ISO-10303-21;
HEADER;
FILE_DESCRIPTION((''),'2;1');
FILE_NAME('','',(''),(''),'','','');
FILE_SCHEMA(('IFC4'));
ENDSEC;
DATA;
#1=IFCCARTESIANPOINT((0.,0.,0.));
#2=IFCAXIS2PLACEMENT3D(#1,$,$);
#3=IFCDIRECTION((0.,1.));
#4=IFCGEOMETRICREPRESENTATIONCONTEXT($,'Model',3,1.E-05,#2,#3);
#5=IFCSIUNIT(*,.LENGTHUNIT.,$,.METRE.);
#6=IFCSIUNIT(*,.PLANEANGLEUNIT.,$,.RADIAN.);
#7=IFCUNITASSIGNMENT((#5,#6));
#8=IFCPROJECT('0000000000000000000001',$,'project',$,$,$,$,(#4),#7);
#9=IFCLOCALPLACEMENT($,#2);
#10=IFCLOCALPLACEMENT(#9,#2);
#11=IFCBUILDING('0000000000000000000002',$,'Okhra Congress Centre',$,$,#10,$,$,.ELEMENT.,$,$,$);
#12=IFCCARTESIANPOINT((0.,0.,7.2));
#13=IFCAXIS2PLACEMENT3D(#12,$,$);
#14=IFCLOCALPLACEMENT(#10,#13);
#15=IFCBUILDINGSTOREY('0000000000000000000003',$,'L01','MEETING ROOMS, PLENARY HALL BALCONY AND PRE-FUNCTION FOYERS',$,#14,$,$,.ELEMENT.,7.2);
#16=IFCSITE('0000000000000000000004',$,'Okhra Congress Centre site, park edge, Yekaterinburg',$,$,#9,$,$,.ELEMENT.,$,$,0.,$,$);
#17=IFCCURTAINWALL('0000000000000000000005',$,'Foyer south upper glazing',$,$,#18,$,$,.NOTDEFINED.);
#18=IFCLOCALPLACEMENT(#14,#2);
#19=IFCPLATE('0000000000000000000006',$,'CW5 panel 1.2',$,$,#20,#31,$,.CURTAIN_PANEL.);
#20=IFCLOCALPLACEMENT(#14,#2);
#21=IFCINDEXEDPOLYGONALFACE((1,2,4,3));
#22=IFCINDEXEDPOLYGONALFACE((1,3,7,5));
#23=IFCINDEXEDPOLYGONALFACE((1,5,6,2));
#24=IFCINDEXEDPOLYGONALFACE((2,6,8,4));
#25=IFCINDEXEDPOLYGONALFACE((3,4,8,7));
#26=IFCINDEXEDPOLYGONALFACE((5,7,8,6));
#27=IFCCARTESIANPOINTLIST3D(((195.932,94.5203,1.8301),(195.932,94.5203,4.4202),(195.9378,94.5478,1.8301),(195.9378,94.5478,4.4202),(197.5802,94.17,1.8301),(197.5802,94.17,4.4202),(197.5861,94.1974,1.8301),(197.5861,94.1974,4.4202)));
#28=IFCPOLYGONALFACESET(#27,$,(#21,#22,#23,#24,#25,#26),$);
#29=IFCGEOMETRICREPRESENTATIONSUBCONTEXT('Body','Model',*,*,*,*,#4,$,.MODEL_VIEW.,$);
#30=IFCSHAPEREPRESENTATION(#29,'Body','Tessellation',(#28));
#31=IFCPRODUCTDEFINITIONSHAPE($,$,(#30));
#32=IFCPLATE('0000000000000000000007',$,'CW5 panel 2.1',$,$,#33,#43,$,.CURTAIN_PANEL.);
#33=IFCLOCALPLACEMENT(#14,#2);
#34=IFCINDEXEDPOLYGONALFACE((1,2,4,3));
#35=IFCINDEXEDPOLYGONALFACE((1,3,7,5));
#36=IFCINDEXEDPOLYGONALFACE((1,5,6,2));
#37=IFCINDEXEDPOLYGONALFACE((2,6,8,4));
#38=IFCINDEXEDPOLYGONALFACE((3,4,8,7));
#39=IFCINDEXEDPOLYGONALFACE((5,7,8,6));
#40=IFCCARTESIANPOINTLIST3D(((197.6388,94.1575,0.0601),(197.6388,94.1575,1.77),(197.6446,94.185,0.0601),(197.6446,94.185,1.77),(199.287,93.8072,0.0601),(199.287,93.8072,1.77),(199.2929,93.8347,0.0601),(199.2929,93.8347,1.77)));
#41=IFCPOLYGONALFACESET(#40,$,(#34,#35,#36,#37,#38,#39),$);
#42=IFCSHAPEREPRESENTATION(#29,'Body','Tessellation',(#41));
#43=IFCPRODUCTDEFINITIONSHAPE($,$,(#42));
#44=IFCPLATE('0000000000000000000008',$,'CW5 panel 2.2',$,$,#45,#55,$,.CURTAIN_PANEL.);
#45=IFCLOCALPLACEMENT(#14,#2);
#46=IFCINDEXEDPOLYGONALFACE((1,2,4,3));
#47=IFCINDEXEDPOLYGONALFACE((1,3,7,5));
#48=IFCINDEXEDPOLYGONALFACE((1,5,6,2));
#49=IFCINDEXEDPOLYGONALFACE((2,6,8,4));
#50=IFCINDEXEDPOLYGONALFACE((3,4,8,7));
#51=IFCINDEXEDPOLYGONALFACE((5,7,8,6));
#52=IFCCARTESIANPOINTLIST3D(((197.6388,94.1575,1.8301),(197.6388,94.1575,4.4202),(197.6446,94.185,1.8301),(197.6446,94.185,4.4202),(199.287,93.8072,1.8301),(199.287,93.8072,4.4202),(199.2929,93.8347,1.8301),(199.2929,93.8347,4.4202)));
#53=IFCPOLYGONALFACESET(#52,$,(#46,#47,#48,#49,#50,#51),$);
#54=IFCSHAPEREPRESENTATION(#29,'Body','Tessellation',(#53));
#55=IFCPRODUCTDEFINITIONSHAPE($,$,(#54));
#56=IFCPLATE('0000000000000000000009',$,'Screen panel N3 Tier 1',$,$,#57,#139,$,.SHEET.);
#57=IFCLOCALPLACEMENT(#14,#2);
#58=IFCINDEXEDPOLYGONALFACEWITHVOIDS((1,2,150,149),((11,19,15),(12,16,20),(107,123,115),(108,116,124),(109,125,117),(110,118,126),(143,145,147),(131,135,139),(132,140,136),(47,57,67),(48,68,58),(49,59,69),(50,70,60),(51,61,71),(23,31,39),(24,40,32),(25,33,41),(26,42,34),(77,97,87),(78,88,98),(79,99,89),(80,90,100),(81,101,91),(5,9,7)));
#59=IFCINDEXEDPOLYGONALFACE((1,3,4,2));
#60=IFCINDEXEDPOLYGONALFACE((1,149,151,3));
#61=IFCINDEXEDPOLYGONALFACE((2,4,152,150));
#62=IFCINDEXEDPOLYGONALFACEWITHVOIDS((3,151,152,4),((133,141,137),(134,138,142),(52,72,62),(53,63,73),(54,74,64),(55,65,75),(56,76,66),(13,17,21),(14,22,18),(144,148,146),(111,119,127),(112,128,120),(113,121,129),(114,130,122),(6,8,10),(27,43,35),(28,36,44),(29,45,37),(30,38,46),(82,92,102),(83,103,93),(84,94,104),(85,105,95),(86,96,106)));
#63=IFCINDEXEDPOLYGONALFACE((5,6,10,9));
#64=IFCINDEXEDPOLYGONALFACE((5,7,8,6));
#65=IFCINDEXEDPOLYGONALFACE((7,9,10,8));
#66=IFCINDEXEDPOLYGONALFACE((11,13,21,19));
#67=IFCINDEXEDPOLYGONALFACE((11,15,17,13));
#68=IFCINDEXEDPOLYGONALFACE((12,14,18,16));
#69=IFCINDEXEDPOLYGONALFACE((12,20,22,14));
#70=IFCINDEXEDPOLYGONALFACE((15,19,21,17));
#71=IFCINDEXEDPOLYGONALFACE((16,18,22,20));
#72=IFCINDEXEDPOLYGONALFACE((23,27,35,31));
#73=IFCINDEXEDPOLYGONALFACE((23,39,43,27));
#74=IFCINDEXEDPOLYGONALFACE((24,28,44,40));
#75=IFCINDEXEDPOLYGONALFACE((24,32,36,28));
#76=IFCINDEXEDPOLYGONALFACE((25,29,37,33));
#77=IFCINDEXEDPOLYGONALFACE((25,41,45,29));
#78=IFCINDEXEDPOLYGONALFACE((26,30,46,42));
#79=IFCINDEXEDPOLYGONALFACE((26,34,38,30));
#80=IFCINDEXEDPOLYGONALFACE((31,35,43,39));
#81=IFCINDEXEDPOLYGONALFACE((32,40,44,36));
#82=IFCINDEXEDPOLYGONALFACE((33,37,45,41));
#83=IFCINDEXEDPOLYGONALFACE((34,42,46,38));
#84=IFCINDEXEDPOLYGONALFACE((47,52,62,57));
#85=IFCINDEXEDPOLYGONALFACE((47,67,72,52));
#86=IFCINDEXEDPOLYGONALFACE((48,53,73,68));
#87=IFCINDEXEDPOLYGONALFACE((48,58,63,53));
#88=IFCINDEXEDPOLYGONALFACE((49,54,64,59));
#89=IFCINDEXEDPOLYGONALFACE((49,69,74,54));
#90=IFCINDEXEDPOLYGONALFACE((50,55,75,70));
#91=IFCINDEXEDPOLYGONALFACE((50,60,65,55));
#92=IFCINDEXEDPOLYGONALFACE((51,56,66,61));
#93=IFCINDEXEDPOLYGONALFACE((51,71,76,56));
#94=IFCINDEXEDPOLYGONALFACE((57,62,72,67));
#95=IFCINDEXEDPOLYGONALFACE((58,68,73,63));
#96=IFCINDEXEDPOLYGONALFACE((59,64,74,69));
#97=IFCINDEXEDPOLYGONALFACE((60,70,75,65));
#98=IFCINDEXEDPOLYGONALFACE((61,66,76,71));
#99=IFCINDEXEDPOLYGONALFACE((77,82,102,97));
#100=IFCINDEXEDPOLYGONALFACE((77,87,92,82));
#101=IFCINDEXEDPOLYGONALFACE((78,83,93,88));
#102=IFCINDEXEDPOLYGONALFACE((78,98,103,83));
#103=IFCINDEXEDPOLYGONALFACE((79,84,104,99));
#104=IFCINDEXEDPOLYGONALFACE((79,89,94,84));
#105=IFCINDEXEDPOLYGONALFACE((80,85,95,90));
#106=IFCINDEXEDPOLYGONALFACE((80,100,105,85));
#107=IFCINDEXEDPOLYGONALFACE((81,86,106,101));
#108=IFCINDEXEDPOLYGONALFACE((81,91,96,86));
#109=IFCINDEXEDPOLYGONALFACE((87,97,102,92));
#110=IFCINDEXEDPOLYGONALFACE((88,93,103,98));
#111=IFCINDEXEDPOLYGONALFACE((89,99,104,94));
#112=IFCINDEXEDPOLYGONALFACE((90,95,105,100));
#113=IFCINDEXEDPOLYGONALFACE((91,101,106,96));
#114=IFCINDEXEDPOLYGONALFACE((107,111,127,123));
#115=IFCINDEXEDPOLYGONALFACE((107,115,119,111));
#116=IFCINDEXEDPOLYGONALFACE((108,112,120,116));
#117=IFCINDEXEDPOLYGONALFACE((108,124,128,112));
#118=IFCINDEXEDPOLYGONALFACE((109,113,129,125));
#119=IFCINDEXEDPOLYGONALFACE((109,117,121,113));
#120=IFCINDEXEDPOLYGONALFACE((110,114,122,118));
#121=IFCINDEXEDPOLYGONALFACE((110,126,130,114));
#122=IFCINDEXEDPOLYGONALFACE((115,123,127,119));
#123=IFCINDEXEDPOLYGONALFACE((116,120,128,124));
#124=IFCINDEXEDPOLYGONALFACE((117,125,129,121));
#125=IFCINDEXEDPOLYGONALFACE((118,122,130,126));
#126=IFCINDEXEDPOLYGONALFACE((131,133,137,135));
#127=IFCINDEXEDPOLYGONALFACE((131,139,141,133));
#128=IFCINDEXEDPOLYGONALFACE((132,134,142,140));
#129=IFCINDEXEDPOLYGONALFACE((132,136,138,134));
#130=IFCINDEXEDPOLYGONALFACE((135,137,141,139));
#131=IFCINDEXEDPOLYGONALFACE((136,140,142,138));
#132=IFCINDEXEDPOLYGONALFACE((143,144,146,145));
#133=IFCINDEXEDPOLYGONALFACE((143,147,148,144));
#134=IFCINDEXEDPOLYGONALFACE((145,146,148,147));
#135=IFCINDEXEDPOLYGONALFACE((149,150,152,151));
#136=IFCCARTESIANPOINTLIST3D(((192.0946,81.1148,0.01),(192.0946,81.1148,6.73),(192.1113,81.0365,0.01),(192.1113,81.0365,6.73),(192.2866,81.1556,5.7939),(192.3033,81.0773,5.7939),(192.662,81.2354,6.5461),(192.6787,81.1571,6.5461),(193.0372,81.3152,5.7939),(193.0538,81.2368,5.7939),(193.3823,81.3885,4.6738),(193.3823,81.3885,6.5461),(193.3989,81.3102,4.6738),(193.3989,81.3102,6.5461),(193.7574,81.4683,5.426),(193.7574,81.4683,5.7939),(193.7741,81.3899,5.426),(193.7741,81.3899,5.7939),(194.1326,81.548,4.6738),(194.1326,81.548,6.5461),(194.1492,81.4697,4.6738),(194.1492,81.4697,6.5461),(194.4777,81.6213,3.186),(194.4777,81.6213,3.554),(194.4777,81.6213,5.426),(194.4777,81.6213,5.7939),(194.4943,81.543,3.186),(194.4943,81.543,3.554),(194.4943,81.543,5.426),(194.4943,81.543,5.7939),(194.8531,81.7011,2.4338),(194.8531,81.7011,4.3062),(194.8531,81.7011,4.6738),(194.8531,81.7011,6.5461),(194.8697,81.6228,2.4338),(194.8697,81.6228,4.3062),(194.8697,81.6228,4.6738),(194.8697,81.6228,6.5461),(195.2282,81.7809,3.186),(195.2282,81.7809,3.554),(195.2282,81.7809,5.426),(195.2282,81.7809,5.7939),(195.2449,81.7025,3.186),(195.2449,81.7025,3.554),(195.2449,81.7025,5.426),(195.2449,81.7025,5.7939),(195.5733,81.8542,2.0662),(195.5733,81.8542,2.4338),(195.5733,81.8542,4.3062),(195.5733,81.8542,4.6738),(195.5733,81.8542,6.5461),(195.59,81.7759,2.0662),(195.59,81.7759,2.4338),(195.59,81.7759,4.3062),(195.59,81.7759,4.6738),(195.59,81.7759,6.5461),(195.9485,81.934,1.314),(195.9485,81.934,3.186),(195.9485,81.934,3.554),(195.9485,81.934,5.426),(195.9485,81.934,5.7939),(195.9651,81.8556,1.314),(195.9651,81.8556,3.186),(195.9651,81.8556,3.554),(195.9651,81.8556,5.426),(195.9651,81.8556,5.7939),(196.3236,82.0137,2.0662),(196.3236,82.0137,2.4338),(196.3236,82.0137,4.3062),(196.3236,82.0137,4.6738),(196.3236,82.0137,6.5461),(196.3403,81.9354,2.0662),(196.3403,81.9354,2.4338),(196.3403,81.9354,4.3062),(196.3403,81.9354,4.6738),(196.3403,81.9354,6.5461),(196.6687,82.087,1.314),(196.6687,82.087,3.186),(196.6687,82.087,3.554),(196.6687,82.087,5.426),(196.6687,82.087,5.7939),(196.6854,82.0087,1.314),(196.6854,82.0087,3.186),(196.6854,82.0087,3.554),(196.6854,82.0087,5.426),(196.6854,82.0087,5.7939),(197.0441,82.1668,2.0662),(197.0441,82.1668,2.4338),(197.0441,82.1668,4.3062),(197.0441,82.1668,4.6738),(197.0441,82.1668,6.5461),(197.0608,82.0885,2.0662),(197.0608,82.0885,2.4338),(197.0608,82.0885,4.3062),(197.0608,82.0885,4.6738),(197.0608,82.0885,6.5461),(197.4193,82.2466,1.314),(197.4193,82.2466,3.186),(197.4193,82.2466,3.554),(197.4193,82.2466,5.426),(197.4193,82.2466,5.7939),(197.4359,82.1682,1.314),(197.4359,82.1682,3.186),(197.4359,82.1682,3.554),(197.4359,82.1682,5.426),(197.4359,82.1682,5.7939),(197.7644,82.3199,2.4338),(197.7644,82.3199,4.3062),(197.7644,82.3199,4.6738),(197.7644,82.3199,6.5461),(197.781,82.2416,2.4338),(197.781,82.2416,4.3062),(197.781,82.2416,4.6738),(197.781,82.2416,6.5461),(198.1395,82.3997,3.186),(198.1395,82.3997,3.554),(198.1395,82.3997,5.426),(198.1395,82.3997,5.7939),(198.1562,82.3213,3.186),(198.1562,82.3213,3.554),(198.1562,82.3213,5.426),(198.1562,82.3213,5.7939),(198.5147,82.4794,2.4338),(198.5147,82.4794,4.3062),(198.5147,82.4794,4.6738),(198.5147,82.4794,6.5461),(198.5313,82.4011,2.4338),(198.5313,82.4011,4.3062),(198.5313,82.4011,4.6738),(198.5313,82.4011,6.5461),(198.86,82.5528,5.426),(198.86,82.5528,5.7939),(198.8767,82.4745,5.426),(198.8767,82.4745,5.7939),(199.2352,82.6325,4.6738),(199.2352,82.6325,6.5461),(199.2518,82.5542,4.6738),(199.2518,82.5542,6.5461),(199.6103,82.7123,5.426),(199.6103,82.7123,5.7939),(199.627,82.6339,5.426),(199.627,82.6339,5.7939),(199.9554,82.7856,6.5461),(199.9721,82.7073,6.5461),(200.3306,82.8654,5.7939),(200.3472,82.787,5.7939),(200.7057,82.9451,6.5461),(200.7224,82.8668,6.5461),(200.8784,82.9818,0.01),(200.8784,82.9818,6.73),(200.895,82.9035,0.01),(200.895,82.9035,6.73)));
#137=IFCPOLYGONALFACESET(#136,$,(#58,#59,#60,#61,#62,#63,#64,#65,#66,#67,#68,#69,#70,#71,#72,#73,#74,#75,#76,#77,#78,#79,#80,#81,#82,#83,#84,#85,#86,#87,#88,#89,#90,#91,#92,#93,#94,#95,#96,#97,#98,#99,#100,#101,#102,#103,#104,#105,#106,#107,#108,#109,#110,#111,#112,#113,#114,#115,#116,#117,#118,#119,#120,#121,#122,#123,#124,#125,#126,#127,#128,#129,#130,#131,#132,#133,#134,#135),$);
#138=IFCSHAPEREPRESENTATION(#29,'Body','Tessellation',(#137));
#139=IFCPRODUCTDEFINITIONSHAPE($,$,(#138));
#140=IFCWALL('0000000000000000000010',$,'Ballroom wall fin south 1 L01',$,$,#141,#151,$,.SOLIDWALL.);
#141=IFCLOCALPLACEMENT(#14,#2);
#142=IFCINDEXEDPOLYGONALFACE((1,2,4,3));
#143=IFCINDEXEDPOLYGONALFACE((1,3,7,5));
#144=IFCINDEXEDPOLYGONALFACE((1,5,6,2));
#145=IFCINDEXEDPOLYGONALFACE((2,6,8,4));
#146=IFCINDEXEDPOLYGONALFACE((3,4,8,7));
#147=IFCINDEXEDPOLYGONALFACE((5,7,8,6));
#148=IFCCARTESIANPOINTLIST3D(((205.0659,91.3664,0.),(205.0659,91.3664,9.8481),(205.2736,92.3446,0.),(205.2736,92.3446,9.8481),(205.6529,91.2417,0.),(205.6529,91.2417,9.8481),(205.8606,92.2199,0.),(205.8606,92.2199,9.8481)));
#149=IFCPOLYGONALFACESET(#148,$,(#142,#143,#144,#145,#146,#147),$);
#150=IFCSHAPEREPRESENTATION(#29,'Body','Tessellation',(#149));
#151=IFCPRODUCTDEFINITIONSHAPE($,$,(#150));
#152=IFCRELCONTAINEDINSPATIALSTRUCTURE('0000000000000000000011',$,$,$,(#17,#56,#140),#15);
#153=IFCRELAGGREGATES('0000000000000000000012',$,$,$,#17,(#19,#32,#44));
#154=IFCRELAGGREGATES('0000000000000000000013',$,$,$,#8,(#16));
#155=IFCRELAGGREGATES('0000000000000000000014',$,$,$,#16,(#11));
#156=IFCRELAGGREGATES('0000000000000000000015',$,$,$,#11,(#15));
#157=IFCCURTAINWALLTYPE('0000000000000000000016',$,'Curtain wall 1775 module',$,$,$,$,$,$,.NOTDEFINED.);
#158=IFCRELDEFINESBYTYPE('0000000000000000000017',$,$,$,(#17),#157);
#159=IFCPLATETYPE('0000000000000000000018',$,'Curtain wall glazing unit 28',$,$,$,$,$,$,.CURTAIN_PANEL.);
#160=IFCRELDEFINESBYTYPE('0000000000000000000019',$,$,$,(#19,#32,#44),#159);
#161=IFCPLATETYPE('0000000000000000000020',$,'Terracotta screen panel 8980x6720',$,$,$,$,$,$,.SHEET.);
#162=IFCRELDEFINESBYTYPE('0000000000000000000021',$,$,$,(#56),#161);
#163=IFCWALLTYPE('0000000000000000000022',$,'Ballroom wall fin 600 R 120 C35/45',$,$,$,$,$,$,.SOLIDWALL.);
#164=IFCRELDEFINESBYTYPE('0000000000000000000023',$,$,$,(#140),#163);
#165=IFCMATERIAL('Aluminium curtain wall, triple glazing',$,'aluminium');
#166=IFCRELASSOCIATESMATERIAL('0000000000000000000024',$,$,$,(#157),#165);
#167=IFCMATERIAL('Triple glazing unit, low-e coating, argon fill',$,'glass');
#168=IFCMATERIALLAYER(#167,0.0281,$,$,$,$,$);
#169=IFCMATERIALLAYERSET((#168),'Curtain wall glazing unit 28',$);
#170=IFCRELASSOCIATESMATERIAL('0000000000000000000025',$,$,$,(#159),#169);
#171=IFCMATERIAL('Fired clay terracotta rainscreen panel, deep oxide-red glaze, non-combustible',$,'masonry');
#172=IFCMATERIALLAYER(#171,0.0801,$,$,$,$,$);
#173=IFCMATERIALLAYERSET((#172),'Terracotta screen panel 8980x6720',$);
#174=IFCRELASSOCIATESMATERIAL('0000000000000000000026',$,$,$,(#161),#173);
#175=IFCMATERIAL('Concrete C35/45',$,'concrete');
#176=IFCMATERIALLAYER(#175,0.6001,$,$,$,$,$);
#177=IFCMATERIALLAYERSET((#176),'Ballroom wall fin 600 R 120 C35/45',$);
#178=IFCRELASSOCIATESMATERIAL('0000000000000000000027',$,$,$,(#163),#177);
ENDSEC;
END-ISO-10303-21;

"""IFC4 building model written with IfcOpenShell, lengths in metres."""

from ifc_helpers import new_model, si_unit, direction, frame, frame_2d, origin, origin_2d, place, context, subcontext, project, spatial, polyline, rectangle, outline, extrude, material, layer, layer_set, type_object, element, aggregate, save


model = new_model("IFC4")

# Units and contexts
model_context = context("Model", 3, precision=1e-05, world=origin(), true_north=direction((0.0, 1.0)))
body_context = subcontext(model_context, "Body", "Model", "MODEL_VIEW")
ifc_project = project(units=[si_unit("LENGTHUNIT", "METRE"), si_unit("PLANEANGLEUNIT", "RADIAN")], contexts=[model_context])

# Site, building, storey
site_placement = place(None, origin())
site = spatial("IfcSite", under=ifc_project, at=site_placement, Name="Okhra Congress Centre site, park edge, Yekaterinburg", CompositionType="ELEMENT", RefElevation=0.0)
building_placement = place(site_placement, origin())
building = spatial("IfcBuilding", under=site, at=building_placement, Name="Okhra Congress Centre", CompositionType="ELEMENT")
storey_placement = place(building_placement, frame((0.0, 0.0, 7.2)))
storey = spatial("IfcBuildingStorey", under=building, at=storey_placement, Name="L01", Description="MEETING ROOMS, PLENARY HALL BALCONY AND PRE-FUNCTION FOYERS", CompositionType="ELEMENT", Elevation=7.2)

# Curtain wall, plates
ifc_material_1 = material(Name="Aluminium curtain wall, triple glazing", Category="aluminium")
curtain_wall_type = type_object("IfcCurtainWallType", Name="Curtain wall 1775 module", PredefinedType="NOTDEFINED", material=ifc_material_1)
curtain_wall_placement = place(storey_placement, origin())
curtain_wall = element("IfcCurtainWall", 1, at=curtain_wall_placement, inside=storey, type_object=curtain_wall_type, Name="Foyer south upper glazing", PredefinedType="NOTDEFINED")
ifc_material_2 = material(Name="Triple glazing unit, low-e coating, argon fill", Category="glass")
ifc_layer_1 = layer(ifc_material_2, 0.0281)
ifc_layer_set_1 = layer_set([ifc_layer_1], Name="Curtain wall glazing unit 28")
plate_type_1 = type_object("IfcPlateType", Name="Curtain wall glazing unit 28", PredefinedType="CURTAIN_PANEL", material=ifc_layer_set_1)
plate_1_placement = place(storey_placement, frame((196.759, 94.3589, 1.8301), z_axis=(0.0, 0.0, 1.0), x_axis=(0.978148, -0.207912, 0.0)))
plate_1 = element("IfcPlate", 2, at=plate_1_placement, type_object=plate_type_1, Name="CW5 panel 1.2", PredefinedType="CURTAIN_PANEL", context=body_context, shape_type="SweptSolid", body=[
    extrude(rectangle(XDim=1.6851, YDim=0.0281, at=origin_2d()), origin(), (0.0, 0.0, 1.0), 2.5901),
])
plate_2_placement = place(storey_placement, frame((198.4658, 93.9961, 0.0601), z_axis=(0.0, 0.0, 1.0), x_axis=(0.978148, -0.207912, 0.0)))
plate_2 = element("IfcPlate", 3, at=plate_2_placement, type_object=plate_type_1, Name="CW5 panel 2.1", PredefinedType="CURTAIN_PANEL", context=body_context, shape_type="SweptSolid", body=[
    extrude(rectangle(XDim=1.6851, YDim=0.0281, at=origin_2d()), origin(), (0.0, 0.0, 1.0), 1.71),
])
plate_3_placement = place(storey_placement, frame((198.4658, 93.9961, 1.8301), z_axis=(0.0, 0.0, 1.0), x_axis=(0.978148, -0.207912, 0.0)))
plate_3 = element("IfcPlate", 4, at=plate_3_placement, type_object=plate_type_1, Name="CW5 panel 2.2", PredefinedType="CURTAIN_PANEL", context=body_context, shape_type="SweptSolid", body=[
    extrude(rectangle(XDim=1.6851, YDim=0.0281, at=origin_2d()), origin(), (0.0, 0.0, 1.0), 2.5901),
])
aggregate(curtain_wall, [plate_1, plate_2, plate_3])

# Plate
ifc_material_3 = material(Name="Fired clay terracotta rainscreen panel, deep oxide-red glaze, non-combustible", Category="masonry")
ifc_layer_2 = layer(ifc_material_3, 0.0801)
ifc_layer_set_2 = layer_set([ifc_layer_2], Name="Terracotta screen panel 8980x6720")
plate_type_2 = type_object("IfcPlateType", Name="Terracotta screen panel 8980x6720", PredefinedType="SHEET", material=ifc_layer_set_2)
plate_4_placement = place(storey_placement, frame((200.8867, 82.9426, 0.01), z_axis=(0.0, 0.0, 1.0), x_axis=(-0.97815, -0.207902, 0.0)))
element("IfcPlate", 5, at=plate_4_placement, inside=storey, type_object=plate_type_2, Name="Screen panel N3 Tier 1", PredefinedType="SHEET", context=body_context, shape_type="SweptSolid", body=[
    extrude(outline(polyline([(0.0, 0.0), (8.98, 0.0), (8.98, 6.72), (0.0, 6.72), (0.0, 0.0)]), holes=[polyline([(3.5364, 1.304), (4.3037, 1.304), (3.9199, 2.0562), (3.5364, 1.304)]), polyline([(4.6565, 2.0562), (5.04, 1.304), (5.4236, 2.0562), (4.6565, 2.0562)]), polyline([(2.4165, 2.4238), (3.1836, 2.4238), (2.8, 3.176), (2.4165, 2.4238)]), polyline([(3.5364, 3.176), (3.9199, 2.4238), (4.3037, 3.176), (3.5364, 3.176)]), polyline([(4.6565, 2.4238), (5.4236, 2.4238), (5.04, 3.176), (4.6565, 2.4238)]), polyline([(5.7764, 3.176), (6.1599, 2.4238), (6.5437, 3.176), (5.7764, 3.176)]), polyline([(2.4165, 4.2961), (2.8, 3.5439), (3.1836, 4.2961), (2.4165, 4.2961)]), polyline([(3.5364, 3.5439), (4.3037, 3.5439), (3.9199, 4.2961), (3.5364, 3.5439)]), polyline([(4.6565, 4.2961), (5.04, 3.5439), (5.4236, 4.2961), (4.6565, 4.2961)]), polyline([(5.7764, 3.5439), (6.5437, 3.5439), (6.1599, 4.2961), (5.7764, 3.5439)]), polyline([(1.2964, 5.416), (1.6799, 4.6638), (2.0635, 5.416), (1.2964, 5.416)]), polyline([(2.4165, 4.6638), (3.1836, 4.6638), (2.8, 5.416), (2.4165, 4.6638)]), polyline([(3.5364, 5.416), (3.9199, 4.6638), (4.3037, 5.416), (3.5364, 5.416)]), polyline([(4.6565, 4.6638), (5.4236, 4.6638), (5.04, 5.416), (4.6565, 4.6638)]), polyline([(5.7764, 5.416), (6.1599, 4.6638), (6.5437, 5.416), (5.7764, 5.416)]), polyline([(6.8965, 4.6638), (7.6636, 4.6638), (7.28, 5.416), (6.8965, 4.6638)]), polyline([(0.1765, 6.5361), (0.5601, 5.7839), (0.9436, 6.5361), (0.1765, 6.5361)]), polyline([(1.2964, 5.7839), (2.0635, 5.7839), (1.6799, 6.5361), (1.2964, 5.7839)]), polyline([(2.4165, 6.5361), (2.8, 5.7839), (3.1836, 6.5361), (2.4165, 6.5361)]), polyline([(3.5364, 5.7839), (4.3037, 5.7839), (3.9199, 6.5361), (3.5364, 5.7839)]), polyline([(4.6565, 6.5361), (5.04, 5.7839), (5.4236, 6.5361), (4.6565, 6.5361)]), polyline([(5.7764, 5.7839), (6.5437, 5.7839), (6.1599, 6.5361), (5.7764, 5.7839)]), polyline([(6.8965, 6.5361), (7.28, 5.7839), (7.6636, 6.5361), (6.8965, 6.5361)]), polyline([(8.0164, 5.7839), (8.7837, 5.7839), (8.3999, 6.5361), (8.0164, 5.7839)])]), frame((0.0, 0.04, 0.0), z_axis=(0.0, -1.0, 0.0), x_axis=(1.0, 0.0, 0.0)), (0.0, 0.0, 1.0), 0.0801),
])

# Wall
ifc_material_4 = material(Name="Concrete C35/45", Category="concrete")
ifc_layer_3 = layer(ifc_material_4, 0.6001)
ifc_layer_set_3 = layer_set([ifc_layer_3], Name="Ballroom wall fin 600 R 120 C35/45")
wall_type_1 = type_object("IfcWallType", Name="Ballroom wall fin 600 R 120 C35/45", PredefinedType="SOLIDWALL", material=ifc_layer_set_3)
wall_1_placement = place(storey_placement, frame((205.5671, 92.2822, 0.0), z_axis=(0.0, 0.0, 1.0), x_axis=(-0.207745, -0.978183, 0.0)))
element("IfcWall", 6, at=wall_1_placement, inside=storey, type_object=wall_type_1, Name="Ballroom wall fin south 1 L01", PredefinedType="SOLIDWALL", context=body_context, shape_type="SweptSolid", body=[
    extrude(rectangle(XDim=1.0, YDim=0.6001, at=frame_2d((0.5, 0.0))), origin(), (0.0, 0.0, 1.0), 9.8481),
])

save(model, "model.ifc")
